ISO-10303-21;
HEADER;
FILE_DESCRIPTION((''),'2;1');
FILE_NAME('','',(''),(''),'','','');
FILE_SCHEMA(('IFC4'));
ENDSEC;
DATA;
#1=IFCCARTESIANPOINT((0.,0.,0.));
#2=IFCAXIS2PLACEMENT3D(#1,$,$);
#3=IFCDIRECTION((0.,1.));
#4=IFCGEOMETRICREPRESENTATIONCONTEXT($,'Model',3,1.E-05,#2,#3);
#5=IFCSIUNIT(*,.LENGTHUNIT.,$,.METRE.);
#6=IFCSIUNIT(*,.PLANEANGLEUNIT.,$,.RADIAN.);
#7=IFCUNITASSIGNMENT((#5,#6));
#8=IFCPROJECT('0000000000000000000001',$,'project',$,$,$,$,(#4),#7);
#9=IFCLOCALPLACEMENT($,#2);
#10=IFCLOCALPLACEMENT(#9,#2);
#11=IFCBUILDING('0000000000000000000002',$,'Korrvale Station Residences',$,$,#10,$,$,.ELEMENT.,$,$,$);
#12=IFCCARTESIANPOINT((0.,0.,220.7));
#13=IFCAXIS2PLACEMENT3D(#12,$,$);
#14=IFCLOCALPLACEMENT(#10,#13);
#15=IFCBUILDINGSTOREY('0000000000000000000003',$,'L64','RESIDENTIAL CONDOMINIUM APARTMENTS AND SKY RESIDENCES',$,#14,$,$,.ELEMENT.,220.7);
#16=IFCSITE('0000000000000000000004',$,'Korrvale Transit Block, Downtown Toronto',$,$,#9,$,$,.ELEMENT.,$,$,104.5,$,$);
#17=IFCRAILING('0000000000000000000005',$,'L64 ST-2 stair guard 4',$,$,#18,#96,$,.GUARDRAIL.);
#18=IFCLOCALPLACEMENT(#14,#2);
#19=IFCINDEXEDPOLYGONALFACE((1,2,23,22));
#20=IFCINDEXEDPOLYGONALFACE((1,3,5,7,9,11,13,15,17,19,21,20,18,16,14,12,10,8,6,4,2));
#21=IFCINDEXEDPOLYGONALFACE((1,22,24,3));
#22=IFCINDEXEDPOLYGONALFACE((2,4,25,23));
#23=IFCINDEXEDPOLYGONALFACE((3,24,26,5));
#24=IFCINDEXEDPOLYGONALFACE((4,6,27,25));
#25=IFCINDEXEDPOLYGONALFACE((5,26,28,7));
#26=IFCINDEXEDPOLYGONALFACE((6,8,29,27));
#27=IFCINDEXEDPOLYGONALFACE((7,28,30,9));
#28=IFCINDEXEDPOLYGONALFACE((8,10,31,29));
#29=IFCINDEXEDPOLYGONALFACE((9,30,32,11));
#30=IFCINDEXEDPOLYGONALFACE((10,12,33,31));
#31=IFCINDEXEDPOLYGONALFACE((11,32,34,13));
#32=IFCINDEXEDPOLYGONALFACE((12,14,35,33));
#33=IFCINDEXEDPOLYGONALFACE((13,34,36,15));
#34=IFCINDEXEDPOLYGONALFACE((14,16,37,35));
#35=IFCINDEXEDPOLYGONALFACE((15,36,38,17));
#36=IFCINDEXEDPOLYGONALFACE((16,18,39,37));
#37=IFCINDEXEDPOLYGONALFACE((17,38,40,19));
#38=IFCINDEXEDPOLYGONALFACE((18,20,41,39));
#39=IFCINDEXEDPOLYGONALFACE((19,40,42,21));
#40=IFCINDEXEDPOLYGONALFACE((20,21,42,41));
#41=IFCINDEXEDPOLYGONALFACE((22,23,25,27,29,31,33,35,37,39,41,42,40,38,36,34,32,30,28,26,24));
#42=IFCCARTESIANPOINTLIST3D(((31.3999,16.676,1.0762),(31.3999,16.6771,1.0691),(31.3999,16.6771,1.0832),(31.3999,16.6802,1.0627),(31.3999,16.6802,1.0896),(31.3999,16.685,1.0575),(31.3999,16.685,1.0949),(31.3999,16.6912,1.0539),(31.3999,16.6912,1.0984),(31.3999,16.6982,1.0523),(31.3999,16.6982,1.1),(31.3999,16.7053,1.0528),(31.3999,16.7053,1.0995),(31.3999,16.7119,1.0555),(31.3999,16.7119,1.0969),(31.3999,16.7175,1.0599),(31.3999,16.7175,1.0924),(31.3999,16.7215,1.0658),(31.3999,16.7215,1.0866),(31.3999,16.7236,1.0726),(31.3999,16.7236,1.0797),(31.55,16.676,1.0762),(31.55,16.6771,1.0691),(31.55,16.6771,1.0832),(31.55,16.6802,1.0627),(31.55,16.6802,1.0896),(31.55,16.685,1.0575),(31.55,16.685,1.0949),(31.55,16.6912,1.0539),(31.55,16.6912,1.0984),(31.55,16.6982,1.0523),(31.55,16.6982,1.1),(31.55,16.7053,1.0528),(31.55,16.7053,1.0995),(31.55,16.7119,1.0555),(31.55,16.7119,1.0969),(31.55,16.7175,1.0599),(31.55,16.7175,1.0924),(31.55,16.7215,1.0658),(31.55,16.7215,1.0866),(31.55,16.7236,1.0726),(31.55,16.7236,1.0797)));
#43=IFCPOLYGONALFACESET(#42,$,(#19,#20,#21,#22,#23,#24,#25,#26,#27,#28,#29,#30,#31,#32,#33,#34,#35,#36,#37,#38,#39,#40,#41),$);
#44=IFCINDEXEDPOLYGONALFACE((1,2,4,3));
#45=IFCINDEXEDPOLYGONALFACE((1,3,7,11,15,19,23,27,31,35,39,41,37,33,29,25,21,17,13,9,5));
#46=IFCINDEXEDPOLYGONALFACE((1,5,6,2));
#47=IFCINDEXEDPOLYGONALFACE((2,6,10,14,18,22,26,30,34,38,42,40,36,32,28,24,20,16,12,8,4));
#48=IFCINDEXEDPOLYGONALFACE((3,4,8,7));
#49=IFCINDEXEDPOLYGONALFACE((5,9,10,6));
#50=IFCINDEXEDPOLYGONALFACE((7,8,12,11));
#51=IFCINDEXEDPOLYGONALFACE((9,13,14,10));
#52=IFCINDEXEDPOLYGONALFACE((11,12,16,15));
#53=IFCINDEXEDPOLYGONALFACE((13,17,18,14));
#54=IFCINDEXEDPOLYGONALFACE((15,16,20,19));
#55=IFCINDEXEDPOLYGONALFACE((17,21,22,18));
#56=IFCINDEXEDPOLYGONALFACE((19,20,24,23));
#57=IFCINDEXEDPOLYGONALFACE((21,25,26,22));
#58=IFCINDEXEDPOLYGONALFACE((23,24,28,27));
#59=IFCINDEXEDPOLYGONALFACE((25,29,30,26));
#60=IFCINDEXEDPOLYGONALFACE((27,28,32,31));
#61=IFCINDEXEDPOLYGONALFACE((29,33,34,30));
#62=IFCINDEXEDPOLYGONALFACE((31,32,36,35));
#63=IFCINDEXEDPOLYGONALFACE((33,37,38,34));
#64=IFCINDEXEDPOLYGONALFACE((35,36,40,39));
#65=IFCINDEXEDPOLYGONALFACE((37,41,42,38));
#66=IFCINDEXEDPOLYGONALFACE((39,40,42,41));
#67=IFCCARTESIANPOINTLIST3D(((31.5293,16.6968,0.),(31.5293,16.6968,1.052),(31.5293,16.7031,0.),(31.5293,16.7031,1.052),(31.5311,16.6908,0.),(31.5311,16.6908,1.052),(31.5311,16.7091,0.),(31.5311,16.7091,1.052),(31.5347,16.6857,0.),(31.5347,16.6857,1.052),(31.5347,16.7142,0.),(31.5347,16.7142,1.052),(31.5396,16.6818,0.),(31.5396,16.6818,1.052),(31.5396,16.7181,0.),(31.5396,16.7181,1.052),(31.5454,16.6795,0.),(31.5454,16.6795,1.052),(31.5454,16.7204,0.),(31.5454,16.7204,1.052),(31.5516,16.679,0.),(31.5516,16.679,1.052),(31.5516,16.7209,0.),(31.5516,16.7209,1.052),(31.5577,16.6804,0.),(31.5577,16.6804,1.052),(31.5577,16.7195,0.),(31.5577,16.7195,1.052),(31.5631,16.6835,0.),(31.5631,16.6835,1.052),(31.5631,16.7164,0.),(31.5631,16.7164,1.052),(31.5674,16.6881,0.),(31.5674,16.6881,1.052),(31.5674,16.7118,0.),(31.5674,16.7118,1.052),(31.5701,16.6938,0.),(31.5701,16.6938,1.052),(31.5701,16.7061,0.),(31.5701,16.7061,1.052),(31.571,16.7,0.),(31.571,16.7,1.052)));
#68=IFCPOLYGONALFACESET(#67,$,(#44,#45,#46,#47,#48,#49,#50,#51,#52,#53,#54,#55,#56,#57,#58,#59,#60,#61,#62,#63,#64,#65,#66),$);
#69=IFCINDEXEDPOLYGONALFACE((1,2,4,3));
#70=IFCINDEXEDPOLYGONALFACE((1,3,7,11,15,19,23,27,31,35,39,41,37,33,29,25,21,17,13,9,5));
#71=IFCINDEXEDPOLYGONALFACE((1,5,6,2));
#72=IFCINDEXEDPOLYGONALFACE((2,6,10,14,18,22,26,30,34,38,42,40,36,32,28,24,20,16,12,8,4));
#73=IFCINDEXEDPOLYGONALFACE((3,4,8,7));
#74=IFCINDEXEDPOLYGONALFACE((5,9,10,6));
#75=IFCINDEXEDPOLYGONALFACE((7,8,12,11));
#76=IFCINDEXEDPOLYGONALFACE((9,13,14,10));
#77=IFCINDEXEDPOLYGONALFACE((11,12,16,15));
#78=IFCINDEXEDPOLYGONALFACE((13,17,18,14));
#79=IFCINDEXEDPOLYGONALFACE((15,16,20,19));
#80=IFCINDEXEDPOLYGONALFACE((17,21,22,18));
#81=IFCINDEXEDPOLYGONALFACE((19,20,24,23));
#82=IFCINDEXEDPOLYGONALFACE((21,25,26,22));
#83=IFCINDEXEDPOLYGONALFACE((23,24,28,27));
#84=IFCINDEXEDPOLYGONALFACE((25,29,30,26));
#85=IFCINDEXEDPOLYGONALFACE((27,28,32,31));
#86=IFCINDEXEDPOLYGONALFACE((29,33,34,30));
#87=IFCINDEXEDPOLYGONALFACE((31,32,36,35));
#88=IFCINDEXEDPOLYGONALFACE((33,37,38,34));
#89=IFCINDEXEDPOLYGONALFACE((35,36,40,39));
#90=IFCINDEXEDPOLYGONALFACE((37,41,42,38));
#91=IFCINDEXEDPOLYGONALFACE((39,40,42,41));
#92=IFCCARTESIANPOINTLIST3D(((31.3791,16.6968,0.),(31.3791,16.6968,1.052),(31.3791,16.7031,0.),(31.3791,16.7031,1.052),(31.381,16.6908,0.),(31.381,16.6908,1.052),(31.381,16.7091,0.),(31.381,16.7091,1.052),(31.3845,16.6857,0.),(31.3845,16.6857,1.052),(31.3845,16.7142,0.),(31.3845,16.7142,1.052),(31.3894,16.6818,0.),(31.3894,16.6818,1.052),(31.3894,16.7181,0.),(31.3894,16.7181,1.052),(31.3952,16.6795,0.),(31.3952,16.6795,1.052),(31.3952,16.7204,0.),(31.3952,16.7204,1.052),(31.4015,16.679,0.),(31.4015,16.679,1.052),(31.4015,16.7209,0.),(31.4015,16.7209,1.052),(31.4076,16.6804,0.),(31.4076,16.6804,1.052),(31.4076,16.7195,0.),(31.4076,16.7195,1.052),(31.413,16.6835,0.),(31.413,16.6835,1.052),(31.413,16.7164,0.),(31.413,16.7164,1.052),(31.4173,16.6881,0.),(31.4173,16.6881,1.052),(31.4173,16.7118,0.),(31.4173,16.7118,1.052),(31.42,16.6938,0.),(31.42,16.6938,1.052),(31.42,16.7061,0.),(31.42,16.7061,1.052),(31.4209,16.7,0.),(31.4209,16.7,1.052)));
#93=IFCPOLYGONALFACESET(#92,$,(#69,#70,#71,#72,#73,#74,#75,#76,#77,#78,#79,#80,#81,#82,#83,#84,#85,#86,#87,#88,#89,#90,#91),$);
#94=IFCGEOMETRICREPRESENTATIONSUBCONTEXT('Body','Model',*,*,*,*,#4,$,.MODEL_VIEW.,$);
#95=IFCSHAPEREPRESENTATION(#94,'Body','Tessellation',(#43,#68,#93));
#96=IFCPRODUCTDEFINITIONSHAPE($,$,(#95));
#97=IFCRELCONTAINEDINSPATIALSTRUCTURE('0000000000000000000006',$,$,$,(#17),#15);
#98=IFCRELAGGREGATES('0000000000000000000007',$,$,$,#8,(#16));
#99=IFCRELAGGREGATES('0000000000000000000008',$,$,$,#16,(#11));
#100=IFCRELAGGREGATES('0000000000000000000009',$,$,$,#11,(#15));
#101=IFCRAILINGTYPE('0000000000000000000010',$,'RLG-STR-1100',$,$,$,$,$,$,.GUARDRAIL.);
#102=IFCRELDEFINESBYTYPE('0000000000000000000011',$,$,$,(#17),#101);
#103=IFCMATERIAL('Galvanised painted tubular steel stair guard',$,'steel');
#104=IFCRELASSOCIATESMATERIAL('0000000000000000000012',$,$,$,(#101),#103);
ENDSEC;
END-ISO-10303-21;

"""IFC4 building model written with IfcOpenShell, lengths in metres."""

from ifc_helpers import new_model, si_unit, direction, frame, origin, origin_2d, place, context, subcontext, project, spatial, circle, extrude, material, type_object, element, save


model = new_model("IFC4")

# Units and contexts
model_context = context("Model", 3, precision=1e-05, world=origin(), true_north=direction((0.0, 1.0)))
body_context = subcontext(model_context, "Body", "Model", "MODEL_VIEW")
ifc_project = project(units=[si_unit("LENGTHUNIT", "METRE"), si_unit("PLANEANGLEUNIT", "RADIAN")], contexts=[model_context])

# Site, building, storey
site_placement = place(None, origin())
site = spatial("IfcSite", under=ifc_project, at=site_placement, Name="Korrvale Transit Block, Downtown Toronto", CompositionType="ELEMENT", RefElevation=104.5)
building_placement = place(site_placement, origin())
building = spatial("IfcBuilding", under=site, at=building_placement, Name="Korrvale Station Residences", CompositionType="ELEMENT")
storey_placement = place(building_placement, frame((0.0, 0.0, 220.7)))
storey = spatial("IfcBuildingStorey", under=building, at=storey_placement, Name="L64", Description="RESIDENTIAL CONDOMINIUM APARTMENTS AND SKY RESIDENCES", CompositionType="ELEMENT", Elevation=220.7)

# Railing
ifc_material_1 = material(Name="Galvanised painted tubular steel stair guard", Category="steel")
railing_type_1 = type_object("IfcRailingType", Name="RLG-STR-1100", PredefinedType="GUARDRAIL", material=ifc_material_1)
railing_1_placement = place(storey_placement, frame((31.55, 16.7, 0.0)))
element("IfcRailing", 1, at=railing_1_placement, inside=storey, type_object=railing_type_1, Name="L64 ST-2 stair guard 4", PredefinedType="GUARDRAIL", context=body_context, shape_type="SweptSolid", body=[
    extrude(circle(Radius=0.0239, at=origin_2d()), frame((0.0, 0.0, 1.0762), z_axis=(-1.0, 0.0, 0.0), x_axis=(0.0, -1.0, 0.0)), (0.0, 0.0, 1.0), 0.1501),
    extrude(circle(Radius=0.021, at=origin_2d()), origin(), (0.0, 0.0, 1.0), 1.052),
    extrude(circle(Radius=0.021, at=origin_2d()), frame((-0.1501, 0.0, 0.0)), (0.0, 0.0, 1.0), 1.052),
])

save(model, "model.ifc")
